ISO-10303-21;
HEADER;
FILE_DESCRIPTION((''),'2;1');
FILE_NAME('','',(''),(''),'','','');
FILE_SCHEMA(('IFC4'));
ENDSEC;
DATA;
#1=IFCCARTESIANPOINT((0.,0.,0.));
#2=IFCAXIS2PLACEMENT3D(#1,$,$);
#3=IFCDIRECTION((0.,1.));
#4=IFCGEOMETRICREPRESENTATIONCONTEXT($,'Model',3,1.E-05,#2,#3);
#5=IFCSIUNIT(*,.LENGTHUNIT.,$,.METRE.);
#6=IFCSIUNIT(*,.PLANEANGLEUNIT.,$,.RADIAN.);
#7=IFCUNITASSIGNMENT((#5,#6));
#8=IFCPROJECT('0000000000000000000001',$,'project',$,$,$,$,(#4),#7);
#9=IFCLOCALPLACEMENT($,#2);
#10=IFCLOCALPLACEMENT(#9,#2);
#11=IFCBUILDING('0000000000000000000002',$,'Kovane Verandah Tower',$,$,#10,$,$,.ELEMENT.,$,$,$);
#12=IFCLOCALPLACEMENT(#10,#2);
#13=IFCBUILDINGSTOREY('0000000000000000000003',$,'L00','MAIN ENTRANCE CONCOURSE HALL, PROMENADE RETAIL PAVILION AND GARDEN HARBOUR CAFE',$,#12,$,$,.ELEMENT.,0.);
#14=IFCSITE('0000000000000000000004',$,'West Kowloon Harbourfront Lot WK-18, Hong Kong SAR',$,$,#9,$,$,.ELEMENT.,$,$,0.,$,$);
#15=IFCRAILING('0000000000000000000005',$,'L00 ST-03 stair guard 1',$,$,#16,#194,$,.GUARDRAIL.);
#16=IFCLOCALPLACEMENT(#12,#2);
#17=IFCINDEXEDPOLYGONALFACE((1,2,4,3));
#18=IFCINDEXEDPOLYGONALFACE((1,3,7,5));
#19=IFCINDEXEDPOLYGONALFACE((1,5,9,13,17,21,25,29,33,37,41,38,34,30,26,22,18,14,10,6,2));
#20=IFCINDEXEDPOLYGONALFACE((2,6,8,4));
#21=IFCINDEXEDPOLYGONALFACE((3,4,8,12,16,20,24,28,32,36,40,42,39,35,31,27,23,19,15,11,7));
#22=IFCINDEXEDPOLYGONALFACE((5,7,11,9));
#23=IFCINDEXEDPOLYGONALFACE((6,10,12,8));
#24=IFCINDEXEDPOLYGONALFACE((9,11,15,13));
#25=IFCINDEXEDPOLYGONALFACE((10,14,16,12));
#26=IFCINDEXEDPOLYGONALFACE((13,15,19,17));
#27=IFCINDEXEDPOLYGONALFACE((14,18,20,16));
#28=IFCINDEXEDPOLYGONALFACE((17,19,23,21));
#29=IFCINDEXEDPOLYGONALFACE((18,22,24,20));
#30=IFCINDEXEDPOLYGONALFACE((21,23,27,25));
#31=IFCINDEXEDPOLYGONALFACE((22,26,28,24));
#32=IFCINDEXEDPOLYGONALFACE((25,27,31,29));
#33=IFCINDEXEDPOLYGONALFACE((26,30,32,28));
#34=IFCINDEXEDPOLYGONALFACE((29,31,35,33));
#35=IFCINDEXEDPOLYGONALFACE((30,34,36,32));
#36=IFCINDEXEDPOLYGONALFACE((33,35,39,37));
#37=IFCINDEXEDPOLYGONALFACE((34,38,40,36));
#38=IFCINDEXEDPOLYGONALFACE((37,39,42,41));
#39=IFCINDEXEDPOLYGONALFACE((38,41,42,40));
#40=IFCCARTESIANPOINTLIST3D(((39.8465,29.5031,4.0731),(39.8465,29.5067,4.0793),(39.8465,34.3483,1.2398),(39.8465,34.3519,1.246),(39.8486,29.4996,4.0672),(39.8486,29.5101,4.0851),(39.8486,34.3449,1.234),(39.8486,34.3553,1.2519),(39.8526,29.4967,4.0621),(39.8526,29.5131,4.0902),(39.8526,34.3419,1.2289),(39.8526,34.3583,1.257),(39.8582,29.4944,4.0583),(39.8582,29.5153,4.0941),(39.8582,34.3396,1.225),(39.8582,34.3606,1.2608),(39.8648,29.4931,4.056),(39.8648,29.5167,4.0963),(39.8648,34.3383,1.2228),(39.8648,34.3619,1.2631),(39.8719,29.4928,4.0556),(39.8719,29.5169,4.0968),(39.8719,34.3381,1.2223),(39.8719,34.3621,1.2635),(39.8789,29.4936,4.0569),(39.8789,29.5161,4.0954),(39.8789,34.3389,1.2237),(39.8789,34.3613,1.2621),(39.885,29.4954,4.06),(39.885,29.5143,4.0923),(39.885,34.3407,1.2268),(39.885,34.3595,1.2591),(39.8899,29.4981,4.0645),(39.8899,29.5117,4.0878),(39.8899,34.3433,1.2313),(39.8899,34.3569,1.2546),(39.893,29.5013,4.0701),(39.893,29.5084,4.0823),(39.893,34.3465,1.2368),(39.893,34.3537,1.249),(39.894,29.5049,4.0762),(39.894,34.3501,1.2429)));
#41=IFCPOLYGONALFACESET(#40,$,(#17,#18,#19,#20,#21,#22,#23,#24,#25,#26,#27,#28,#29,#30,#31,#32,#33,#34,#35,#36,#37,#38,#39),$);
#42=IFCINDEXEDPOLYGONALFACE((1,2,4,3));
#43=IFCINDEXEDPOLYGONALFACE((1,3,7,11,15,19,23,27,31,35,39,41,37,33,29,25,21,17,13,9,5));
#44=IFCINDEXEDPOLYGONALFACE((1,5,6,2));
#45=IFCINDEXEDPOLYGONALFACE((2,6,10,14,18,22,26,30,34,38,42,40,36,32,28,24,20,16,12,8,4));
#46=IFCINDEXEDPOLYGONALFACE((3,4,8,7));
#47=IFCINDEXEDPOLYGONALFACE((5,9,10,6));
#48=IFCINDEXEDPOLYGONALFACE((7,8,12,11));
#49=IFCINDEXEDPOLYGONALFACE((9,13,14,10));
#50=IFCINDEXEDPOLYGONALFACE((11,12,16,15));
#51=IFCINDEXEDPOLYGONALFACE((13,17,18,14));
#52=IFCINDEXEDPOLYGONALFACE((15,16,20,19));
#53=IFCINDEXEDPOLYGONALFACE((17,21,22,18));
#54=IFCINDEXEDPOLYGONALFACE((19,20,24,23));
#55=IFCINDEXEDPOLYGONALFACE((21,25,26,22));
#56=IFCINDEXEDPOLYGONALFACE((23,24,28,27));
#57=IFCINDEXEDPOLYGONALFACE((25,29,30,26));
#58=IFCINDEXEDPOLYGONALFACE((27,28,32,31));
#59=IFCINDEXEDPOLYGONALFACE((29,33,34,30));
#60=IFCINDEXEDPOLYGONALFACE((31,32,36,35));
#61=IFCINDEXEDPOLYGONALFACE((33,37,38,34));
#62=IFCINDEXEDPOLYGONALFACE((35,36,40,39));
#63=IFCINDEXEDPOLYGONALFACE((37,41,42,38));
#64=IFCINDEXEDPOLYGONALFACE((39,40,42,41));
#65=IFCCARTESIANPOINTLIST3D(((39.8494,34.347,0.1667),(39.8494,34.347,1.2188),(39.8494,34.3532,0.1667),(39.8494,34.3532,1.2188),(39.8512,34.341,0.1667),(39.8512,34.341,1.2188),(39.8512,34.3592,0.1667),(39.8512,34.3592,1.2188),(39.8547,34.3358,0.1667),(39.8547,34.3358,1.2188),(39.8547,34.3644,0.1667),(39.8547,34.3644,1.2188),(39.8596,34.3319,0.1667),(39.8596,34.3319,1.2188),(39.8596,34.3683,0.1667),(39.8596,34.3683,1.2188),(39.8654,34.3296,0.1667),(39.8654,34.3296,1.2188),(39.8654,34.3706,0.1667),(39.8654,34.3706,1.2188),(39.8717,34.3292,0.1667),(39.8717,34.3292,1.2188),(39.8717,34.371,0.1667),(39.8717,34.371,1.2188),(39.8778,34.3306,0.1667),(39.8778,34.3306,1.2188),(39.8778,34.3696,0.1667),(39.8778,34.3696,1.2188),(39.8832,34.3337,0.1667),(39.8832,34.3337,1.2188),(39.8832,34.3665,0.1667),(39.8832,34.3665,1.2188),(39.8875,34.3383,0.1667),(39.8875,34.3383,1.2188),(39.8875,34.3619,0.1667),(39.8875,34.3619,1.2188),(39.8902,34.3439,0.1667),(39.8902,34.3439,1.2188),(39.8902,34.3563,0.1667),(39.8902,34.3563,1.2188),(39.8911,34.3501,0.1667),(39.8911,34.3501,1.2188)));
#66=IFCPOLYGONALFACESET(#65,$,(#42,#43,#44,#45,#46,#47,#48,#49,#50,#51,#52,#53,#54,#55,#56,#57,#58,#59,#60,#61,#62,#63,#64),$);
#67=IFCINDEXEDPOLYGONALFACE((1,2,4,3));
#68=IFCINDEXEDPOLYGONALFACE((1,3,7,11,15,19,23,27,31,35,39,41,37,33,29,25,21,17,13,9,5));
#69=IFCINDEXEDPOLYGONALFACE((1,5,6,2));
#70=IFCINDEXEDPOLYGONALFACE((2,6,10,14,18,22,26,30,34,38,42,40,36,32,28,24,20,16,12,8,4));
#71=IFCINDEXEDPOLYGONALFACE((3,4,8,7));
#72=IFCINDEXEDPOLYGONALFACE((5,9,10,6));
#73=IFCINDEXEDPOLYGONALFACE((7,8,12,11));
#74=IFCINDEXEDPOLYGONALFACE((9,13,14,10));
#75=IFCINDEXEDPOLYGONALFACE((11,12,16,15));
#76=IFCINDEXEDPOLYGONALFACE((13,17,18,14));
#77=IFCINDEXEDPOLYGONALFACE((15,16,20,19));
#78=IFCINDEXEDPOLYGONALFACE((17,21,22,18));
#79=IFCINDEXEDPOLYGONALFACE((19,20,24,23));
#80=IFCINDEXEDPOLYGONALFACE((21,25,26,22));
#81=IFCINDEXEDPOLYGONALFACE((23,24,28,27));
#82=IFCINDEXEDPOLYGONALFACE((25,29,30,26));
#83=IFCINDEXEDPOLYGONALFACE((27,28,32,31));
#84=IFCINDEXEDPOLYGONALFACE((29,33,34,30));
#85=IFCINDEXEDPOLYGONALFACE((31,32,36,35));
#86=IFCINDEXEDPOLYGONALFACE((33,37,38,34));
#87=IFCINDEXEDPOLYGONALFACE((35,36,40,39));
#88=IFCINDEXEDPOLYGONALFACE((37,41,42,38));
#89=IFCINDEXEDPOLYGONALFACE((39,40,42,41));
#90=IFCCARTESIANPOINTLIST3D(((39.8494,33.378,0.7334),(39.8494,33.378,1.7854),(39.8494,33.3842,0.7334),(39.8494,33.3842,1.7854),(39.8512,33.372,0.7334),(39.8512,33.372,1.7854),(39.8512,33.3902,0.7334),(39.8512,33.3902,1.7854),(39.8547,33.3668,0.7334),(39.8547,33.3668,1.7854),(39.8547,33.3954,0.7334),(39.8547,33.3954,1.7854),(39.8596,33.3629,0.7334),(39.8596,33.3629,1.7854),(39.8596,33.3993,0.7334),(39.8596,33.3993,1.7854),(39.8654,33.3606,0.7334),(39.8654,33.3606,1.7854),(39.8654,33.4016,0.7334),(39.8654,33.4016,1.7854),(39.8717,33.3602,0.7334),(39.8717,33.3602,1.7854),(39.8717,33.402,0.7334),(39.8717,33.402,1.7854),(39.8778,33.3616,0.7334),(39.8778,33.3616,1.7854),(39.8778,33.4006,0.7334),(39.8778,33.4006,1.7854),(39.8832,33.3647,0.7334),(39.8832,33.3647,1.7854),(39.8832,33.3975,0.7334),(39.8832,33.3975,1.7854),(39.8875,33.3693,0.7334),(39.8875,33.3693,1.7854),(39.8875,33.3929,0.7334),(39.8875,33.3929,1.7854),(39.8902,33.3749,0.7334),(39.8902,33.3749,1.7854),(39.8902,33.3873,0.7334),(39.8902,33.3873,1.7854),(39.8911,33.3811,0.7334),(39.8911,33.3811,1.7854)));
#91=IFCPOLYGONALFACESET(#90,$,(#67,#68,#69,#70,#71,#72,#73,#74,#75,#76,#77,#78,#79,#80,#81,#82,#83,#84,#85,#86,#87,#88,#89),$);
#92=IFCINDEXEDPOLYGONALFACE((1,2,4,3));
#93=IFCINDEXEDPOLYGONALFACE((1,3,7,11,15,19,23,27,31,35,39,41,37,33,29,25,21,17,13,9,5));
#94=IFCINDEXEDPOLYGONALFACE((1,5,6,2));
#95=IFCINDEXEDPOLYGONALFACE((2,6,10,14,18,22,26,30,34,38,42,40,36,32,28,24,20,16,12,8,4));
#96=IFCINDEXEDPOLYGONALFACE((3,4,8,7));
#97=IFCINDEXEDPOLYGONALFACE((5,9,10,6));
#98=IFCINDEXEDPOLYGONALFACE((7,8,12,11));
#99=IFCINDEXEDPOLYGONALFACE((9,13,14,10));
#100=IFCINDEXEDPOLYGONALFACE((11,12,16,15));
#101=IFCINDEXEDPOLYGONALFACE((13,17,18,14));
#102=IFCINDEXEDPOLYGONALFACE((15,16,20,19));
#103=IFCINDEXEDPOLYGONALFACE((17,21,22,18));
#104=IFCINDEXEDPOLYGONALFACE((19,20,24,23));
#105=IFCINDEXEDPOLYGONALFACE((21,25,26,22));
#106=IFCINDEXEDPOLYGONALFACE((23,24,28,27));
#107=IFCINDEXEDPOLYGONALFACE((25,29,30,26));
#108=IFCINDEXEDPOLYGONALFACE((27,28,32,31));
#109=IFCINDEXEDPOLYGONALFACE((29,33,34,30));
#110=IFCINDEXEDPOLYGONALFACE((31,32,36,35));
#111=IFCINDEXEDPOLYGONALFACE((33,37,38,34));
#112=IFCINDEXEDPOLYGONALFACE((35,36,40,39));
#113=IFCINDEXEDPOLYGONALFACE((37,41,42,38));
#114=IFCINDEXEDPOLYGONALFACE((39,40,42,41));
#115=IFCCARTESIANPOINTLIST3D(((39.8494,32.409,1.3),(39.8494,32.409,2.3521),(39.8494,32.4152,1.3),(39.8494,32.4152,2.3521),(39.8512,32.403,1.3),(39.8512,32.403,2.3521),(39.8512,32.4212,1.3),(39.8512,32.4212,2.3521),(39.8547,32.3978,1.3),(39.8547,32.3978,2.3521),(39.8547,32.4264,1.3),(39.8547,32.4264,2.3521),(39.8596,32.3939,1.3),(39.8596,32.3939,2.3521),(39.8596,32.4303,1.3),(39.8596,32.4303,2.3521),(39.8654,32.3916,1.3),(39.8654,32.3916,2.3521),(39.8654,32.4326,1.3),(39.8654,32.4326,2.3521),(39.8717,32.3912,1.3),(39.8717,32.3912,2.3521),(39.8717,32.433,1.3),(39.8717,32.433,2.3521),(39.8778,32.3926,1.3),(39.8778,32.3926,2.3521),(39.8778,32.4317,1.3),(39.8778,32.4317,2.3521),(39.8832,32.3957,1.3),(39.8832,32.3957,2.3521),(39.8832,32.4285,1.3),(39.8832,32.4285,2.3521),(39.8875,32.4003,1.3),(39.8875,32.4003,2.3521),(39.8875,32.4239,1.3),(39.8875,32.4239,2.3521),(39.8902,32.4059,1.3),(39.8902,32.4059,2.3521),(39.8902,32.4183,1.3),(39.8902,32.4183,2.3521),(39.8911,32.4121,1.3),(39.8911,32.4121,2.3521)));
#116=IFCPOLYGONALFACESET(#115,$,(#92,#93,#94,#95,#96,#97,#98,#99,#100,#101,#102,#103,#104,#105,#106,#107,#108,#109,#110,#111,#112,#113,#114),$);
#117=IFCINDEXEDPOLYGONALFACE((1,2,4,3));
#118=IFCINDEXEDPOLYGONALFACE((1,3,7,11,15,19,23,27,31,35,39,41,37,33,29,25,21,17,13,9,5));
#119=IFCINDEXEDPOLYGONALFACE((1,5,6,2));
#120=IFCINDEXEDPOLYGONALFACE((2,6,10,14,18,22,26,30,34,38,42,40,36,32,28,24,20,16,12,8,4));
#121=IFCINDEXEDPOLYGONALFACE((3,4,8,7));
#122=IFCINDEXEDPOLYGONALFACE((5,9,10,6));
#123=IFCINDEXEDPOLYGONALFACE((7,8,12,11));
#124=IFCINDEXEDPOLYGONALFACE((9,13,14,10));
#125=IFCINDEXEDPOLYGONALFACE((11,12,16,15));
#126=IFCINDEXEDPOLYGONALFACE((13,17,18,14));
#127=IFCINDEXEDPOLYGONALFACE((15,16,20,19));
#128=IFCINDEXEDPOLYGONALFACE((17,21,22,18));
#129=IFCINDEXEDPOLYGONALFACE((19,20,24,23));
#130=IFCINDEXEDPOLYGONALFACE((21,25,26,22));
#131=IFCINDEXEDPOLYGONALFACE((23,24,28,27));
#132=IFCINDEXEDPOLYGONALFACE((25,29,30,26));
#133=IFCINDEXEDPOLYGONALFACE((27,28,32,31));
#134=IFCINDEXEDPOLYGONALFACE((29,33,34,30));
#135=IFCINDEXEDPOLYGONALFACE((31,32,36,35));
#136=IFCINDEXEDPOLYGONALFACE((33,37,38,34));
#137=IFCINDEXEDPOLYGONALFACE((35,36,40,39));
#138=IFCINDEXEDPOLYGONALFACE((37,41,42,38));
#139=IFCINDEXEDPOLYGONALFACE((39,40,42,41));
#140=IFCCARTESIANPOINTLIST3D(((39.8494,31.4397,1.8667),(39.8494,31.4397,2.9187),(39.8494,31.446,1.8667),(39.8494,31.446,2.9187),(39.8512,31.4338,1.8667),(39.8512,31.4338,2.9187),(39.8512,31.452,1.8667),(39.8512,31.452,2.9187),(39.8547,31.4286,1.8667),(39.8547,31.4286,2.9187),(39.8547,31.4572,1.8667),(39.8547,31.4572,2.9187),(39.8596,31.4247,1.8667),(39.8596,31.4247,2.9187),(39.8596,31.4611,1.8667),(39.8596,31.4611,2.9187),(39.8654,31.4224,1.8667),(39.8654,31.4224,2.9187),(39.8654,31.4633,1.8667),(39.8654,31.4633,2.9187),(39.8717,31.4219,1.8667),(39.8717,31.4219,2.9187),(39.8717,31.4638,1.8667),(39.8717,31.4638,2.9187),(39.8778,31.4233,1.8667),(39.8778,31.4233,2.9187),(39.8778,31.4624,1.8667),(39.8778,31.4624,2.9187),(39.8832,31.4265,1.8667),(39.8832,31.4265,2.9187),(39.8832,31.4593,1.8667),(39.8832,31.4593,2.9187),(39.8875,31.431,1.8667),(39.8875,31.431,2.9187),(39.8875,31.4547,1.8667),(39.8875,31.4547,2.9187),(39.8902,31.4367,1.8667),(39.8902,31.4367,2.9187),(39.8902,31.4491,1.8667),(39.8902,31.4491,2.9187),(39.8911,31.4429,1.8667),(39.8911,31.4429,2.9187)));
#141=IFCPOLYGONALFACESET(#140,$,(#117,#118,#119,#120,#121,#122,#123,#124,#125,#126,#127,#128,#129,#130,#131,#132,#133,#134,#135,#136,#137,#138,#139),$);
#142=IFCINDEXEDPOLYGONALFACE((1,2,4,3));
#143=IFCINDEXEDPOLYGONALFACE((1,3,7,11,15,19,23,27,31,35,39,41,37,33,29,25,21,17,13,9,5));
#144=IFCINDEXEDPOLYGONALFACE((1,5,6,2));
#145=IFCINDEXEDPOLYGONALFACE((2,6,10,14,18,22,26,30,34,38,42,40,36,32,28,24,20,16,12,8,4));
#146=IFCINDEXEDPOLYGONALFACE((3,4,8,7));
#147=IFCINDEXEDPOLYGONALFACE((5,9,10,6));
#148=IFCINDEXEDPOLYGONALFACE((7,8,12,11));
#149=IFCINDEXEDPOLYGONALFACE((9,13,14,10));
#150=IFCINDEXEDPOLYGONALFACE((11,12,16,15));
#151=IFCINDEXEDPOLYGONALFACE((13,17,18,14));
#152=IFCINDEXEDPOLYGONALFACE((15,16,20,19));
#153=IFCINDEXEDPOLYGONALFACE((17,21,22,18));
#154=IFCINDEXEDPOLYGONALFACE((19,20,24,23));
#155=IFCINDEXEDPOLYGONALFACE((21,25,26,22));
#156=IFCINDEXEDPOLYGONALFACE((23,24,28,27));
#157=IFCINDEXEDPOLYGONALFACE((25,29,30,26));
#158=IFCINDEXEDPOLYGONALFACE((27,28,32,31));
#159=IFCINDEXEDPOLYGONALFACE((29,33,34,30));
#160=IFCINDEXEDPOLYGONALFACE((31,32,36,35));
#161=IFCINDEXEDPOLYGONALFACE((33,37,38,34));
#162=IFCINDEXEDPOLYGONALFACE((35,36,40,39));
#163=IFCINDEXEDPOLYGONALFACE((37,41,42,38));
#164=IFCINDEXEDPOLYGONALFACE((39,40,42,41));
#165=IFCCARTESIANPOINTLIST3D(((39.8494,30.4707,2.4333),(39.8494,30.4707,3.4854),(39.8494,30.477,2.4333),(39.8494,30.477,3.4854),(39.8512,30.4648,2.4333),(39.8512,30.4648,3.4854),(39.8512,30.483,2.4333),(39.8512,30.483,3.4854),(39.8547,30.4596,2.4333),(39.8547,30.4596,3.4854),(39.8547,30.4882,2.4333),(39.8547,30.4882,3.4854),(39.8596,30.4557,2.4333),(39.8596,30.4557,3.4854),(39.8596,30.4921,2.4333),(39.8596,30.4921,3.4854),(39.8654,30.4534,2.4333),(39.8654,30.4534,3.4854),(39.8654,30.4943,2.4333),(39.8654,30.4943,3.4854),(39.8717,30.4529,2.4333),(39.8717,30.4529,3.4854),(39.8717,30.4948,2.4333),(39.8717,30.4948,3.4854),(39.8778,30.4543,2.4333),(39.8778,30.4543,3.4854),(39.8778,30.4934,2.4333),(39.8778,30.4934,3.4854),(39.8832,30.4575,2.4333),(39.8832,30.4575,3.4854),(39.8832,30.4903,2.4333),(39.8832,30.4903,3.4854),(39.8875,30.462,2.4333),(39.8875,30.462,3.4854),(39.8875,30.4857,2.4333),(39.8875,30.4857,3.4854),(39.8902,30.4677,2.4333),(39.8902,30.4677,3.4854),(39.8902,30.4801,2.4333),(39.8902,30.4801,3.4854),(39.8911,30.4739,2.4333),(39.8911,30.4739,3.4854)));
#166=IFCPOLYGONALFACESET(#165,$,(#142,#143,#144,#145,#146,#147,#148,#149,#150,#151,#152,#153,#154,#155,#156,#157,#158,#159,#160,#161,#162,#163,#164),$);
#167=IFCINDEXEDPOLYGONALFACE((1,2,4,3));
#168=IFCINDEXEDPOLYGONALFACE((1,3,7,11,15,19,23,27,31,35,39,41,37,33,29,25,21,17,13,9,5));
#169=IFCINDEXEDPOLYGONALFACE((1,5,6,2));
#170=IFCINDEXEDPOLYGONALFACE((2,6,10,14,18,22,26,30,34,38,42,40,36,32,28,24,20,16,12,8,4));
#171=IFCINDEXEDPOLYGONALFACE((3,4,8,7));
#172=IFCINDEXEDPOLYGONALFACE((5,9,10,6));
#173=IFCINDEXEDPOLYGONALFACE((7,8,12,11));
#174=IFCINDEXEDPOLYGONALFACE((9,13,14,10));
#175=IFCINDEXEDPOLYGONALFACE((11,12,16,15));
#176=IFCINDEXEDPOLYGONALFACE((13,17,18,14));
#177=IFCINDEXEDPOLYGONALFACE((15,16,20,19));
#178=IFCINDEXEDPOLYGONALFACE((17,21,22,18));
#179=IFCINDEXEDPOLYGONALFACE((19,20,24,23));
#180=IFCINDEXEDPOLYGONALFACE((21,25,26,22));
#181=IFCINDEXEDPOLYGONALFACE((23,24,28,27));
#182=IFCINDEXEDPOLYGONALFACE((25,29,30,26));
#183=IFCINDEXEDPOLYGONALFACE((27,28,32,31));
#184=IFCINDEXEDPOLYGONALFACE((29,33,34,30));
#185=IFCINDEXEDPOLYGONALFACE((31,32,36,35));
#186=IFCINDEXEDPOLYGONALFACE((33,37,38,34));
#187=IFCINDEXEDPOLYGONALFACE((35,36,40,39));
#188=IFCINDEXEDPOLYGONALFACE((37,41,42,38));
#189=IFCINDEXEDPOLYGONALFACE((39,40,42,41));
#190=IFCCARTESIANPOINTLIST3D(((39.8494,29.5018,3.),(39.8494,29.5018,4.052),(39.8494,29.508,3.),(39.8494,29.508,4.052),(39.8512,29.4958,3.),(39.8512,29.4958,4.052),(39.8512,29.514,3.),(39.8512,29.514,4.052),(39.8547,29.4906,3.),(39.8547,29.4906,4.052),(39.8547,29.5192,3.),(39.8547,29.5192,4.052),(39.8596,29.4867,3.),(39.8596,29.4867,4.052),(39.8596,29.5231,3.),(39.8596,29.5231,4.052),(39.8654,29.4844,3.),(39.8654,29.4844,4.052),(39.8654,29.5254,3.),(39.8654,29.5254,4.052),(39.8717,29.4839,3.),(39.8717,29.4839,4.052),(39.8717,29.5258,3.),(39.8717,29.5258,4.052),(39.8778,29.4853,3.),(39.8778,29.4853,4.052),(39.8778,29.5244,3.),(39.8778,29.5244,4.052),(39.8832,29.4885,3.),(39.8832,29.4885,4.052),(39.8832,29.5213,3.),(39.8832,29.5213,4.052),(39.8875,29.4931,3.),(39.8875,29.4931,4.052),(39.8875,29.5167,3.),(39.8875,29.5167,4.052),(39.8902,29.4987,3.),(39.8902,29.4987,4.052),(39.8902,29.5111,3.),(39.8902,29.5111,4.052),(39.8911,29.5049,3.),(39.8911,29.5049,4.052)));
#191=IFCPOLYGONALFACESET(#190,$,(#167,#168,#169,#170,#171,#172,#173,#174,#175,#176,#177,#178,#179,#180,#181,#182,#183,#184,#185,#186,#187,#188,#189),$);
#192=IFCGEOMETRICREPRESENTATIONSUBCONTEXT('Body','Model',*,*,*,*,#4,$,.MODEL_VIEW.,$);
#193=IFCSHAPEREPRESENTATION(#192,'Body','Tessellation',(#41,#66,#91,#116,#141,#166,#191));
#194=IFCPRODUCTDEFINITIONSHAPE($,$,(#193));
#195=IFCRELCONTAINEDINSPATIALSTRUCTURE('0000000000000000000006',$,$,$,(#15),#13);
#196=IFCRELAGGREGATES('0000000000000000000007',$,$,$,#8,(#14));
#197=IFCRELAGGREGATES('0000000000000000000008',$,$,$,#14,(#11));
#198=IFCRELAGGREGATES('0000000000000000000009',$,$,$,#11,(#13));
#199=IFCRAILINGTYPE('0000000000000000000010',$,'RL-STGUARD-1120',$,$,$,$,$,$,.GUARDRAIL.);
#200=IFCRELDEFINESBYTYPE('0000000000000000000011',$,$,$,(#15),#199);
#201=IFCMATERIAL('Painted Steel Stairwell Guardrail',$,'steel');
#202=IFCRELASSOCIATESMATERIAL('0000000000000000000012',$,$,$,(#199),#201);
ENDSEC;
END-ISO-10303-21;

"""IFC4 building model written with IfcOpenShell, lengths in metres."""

from ifc_helpers import new_model, si_unit, direction, frame, origin, origin_2d, place, context, subcontext, project, spatial, circle, extrude, material, type_object, element, save


model = new_model("IFC4")

# Units and contexts
model_context = context("Model", 3, precision=1e-05, world=origin(), true_north=direction((0.0, 1.0)))
body_context = subcontext(model_context, "Body", "Model", "MODEL_VIEW")
ifc_project = project(units=[si_unit("LENGTHUNIT", "METRE"), si_unit("PLANEANGLEUNIT", "RADIAN")], contexts=[model_context])

# Site, building, storey
site_placement = place(None, origin())
site = spatial("IfcSite", under=ifc_project, at=site_placement, Name="West Kowloon Harbourfront Lot WK-18, Hong Kong SAR", CompositionType="ELEMENT", RefElevation=0.0)
building_placement = place(site_placement, origin())
building = spatial("IfcBuilding", under=site, at=building_placement, Name="Kovane Verandah Tower", CompositionType="ELEMENT")
storey_placement = place(building_placement, origin())
storey = spatial("IfcBuildingStorey", under=building, at=storey_placement, Name="L00", Description="MAIN ENTRANCE CONCOURSE HALL, PROMENADE RETAIL PAVILION AND GARDEN HARBOUR CAFE", CompositionType="ELEMENT", Elevation=0.0)

# Railing
ifc_material_1 = material(Name="Painted Steel Stairwell Guardrail", Category="steel")
railing_type_1 = type_object("IfcRailingType", Name="RL-STGUARD-1120", PredefinedType="GUARDRAIL", material=ifc_material_1)
railing_1_placement = place(storey_placement, frame((39.8701, 34.3501, 0.1667)))
element("IfcRailing", 1, at=railing_1_placement, inside=storey, type_object=railing_type_1, Name="L00 ST-03 stair guard 1", PredefinedType="GUARDRAIL", context=body_context, shape_type="SweptSolid", body=[
    extrude(circle(Radius=0.0239, at=origin_2d()), frame((0.0, 0.0, 1.0762), z_axis=(0.0, -0.863245, 0.504785), x_axis=(1.0, 0.0, 0.0)), (0.0, 0.0, 1.0), 5.6128),
    extrude(circle(Radius=0.021, at=origin_2d()), origin(), (0.0, 0.0, 1.0), 1.052),
    extrude(circle(Radius=0.021, at=origin_2d()), frame((0.0, -0.969, 0.5667)), (0.0, 0.0, 1.0), 1.052),
    extrude(circle(Radius=0.021, at=origin_2d()), frame((0.0, -1.938, 1.1333)), (0.0, 0.0, 1.0), 1.052),
    extrude(circle(Radius=0.021, at=origin_2d()), frame((0.0, -2.9072, 1.7)), (0.0, 0.0, 1.0), 1.052),
    extrude(circle(Radius=0.021, at=origin_2d()), frame((0.0, -3.8762, 2.2666)), (0.0, 0.0, 1.0), 1.052),
    extrude(circle(Radius=0.021, at=origin_2d()), frame((0.0, -4.8452, 2.8333)), (0.0, 0.0, 1.0), 1.052),
])

save(model, "model.ifc")
